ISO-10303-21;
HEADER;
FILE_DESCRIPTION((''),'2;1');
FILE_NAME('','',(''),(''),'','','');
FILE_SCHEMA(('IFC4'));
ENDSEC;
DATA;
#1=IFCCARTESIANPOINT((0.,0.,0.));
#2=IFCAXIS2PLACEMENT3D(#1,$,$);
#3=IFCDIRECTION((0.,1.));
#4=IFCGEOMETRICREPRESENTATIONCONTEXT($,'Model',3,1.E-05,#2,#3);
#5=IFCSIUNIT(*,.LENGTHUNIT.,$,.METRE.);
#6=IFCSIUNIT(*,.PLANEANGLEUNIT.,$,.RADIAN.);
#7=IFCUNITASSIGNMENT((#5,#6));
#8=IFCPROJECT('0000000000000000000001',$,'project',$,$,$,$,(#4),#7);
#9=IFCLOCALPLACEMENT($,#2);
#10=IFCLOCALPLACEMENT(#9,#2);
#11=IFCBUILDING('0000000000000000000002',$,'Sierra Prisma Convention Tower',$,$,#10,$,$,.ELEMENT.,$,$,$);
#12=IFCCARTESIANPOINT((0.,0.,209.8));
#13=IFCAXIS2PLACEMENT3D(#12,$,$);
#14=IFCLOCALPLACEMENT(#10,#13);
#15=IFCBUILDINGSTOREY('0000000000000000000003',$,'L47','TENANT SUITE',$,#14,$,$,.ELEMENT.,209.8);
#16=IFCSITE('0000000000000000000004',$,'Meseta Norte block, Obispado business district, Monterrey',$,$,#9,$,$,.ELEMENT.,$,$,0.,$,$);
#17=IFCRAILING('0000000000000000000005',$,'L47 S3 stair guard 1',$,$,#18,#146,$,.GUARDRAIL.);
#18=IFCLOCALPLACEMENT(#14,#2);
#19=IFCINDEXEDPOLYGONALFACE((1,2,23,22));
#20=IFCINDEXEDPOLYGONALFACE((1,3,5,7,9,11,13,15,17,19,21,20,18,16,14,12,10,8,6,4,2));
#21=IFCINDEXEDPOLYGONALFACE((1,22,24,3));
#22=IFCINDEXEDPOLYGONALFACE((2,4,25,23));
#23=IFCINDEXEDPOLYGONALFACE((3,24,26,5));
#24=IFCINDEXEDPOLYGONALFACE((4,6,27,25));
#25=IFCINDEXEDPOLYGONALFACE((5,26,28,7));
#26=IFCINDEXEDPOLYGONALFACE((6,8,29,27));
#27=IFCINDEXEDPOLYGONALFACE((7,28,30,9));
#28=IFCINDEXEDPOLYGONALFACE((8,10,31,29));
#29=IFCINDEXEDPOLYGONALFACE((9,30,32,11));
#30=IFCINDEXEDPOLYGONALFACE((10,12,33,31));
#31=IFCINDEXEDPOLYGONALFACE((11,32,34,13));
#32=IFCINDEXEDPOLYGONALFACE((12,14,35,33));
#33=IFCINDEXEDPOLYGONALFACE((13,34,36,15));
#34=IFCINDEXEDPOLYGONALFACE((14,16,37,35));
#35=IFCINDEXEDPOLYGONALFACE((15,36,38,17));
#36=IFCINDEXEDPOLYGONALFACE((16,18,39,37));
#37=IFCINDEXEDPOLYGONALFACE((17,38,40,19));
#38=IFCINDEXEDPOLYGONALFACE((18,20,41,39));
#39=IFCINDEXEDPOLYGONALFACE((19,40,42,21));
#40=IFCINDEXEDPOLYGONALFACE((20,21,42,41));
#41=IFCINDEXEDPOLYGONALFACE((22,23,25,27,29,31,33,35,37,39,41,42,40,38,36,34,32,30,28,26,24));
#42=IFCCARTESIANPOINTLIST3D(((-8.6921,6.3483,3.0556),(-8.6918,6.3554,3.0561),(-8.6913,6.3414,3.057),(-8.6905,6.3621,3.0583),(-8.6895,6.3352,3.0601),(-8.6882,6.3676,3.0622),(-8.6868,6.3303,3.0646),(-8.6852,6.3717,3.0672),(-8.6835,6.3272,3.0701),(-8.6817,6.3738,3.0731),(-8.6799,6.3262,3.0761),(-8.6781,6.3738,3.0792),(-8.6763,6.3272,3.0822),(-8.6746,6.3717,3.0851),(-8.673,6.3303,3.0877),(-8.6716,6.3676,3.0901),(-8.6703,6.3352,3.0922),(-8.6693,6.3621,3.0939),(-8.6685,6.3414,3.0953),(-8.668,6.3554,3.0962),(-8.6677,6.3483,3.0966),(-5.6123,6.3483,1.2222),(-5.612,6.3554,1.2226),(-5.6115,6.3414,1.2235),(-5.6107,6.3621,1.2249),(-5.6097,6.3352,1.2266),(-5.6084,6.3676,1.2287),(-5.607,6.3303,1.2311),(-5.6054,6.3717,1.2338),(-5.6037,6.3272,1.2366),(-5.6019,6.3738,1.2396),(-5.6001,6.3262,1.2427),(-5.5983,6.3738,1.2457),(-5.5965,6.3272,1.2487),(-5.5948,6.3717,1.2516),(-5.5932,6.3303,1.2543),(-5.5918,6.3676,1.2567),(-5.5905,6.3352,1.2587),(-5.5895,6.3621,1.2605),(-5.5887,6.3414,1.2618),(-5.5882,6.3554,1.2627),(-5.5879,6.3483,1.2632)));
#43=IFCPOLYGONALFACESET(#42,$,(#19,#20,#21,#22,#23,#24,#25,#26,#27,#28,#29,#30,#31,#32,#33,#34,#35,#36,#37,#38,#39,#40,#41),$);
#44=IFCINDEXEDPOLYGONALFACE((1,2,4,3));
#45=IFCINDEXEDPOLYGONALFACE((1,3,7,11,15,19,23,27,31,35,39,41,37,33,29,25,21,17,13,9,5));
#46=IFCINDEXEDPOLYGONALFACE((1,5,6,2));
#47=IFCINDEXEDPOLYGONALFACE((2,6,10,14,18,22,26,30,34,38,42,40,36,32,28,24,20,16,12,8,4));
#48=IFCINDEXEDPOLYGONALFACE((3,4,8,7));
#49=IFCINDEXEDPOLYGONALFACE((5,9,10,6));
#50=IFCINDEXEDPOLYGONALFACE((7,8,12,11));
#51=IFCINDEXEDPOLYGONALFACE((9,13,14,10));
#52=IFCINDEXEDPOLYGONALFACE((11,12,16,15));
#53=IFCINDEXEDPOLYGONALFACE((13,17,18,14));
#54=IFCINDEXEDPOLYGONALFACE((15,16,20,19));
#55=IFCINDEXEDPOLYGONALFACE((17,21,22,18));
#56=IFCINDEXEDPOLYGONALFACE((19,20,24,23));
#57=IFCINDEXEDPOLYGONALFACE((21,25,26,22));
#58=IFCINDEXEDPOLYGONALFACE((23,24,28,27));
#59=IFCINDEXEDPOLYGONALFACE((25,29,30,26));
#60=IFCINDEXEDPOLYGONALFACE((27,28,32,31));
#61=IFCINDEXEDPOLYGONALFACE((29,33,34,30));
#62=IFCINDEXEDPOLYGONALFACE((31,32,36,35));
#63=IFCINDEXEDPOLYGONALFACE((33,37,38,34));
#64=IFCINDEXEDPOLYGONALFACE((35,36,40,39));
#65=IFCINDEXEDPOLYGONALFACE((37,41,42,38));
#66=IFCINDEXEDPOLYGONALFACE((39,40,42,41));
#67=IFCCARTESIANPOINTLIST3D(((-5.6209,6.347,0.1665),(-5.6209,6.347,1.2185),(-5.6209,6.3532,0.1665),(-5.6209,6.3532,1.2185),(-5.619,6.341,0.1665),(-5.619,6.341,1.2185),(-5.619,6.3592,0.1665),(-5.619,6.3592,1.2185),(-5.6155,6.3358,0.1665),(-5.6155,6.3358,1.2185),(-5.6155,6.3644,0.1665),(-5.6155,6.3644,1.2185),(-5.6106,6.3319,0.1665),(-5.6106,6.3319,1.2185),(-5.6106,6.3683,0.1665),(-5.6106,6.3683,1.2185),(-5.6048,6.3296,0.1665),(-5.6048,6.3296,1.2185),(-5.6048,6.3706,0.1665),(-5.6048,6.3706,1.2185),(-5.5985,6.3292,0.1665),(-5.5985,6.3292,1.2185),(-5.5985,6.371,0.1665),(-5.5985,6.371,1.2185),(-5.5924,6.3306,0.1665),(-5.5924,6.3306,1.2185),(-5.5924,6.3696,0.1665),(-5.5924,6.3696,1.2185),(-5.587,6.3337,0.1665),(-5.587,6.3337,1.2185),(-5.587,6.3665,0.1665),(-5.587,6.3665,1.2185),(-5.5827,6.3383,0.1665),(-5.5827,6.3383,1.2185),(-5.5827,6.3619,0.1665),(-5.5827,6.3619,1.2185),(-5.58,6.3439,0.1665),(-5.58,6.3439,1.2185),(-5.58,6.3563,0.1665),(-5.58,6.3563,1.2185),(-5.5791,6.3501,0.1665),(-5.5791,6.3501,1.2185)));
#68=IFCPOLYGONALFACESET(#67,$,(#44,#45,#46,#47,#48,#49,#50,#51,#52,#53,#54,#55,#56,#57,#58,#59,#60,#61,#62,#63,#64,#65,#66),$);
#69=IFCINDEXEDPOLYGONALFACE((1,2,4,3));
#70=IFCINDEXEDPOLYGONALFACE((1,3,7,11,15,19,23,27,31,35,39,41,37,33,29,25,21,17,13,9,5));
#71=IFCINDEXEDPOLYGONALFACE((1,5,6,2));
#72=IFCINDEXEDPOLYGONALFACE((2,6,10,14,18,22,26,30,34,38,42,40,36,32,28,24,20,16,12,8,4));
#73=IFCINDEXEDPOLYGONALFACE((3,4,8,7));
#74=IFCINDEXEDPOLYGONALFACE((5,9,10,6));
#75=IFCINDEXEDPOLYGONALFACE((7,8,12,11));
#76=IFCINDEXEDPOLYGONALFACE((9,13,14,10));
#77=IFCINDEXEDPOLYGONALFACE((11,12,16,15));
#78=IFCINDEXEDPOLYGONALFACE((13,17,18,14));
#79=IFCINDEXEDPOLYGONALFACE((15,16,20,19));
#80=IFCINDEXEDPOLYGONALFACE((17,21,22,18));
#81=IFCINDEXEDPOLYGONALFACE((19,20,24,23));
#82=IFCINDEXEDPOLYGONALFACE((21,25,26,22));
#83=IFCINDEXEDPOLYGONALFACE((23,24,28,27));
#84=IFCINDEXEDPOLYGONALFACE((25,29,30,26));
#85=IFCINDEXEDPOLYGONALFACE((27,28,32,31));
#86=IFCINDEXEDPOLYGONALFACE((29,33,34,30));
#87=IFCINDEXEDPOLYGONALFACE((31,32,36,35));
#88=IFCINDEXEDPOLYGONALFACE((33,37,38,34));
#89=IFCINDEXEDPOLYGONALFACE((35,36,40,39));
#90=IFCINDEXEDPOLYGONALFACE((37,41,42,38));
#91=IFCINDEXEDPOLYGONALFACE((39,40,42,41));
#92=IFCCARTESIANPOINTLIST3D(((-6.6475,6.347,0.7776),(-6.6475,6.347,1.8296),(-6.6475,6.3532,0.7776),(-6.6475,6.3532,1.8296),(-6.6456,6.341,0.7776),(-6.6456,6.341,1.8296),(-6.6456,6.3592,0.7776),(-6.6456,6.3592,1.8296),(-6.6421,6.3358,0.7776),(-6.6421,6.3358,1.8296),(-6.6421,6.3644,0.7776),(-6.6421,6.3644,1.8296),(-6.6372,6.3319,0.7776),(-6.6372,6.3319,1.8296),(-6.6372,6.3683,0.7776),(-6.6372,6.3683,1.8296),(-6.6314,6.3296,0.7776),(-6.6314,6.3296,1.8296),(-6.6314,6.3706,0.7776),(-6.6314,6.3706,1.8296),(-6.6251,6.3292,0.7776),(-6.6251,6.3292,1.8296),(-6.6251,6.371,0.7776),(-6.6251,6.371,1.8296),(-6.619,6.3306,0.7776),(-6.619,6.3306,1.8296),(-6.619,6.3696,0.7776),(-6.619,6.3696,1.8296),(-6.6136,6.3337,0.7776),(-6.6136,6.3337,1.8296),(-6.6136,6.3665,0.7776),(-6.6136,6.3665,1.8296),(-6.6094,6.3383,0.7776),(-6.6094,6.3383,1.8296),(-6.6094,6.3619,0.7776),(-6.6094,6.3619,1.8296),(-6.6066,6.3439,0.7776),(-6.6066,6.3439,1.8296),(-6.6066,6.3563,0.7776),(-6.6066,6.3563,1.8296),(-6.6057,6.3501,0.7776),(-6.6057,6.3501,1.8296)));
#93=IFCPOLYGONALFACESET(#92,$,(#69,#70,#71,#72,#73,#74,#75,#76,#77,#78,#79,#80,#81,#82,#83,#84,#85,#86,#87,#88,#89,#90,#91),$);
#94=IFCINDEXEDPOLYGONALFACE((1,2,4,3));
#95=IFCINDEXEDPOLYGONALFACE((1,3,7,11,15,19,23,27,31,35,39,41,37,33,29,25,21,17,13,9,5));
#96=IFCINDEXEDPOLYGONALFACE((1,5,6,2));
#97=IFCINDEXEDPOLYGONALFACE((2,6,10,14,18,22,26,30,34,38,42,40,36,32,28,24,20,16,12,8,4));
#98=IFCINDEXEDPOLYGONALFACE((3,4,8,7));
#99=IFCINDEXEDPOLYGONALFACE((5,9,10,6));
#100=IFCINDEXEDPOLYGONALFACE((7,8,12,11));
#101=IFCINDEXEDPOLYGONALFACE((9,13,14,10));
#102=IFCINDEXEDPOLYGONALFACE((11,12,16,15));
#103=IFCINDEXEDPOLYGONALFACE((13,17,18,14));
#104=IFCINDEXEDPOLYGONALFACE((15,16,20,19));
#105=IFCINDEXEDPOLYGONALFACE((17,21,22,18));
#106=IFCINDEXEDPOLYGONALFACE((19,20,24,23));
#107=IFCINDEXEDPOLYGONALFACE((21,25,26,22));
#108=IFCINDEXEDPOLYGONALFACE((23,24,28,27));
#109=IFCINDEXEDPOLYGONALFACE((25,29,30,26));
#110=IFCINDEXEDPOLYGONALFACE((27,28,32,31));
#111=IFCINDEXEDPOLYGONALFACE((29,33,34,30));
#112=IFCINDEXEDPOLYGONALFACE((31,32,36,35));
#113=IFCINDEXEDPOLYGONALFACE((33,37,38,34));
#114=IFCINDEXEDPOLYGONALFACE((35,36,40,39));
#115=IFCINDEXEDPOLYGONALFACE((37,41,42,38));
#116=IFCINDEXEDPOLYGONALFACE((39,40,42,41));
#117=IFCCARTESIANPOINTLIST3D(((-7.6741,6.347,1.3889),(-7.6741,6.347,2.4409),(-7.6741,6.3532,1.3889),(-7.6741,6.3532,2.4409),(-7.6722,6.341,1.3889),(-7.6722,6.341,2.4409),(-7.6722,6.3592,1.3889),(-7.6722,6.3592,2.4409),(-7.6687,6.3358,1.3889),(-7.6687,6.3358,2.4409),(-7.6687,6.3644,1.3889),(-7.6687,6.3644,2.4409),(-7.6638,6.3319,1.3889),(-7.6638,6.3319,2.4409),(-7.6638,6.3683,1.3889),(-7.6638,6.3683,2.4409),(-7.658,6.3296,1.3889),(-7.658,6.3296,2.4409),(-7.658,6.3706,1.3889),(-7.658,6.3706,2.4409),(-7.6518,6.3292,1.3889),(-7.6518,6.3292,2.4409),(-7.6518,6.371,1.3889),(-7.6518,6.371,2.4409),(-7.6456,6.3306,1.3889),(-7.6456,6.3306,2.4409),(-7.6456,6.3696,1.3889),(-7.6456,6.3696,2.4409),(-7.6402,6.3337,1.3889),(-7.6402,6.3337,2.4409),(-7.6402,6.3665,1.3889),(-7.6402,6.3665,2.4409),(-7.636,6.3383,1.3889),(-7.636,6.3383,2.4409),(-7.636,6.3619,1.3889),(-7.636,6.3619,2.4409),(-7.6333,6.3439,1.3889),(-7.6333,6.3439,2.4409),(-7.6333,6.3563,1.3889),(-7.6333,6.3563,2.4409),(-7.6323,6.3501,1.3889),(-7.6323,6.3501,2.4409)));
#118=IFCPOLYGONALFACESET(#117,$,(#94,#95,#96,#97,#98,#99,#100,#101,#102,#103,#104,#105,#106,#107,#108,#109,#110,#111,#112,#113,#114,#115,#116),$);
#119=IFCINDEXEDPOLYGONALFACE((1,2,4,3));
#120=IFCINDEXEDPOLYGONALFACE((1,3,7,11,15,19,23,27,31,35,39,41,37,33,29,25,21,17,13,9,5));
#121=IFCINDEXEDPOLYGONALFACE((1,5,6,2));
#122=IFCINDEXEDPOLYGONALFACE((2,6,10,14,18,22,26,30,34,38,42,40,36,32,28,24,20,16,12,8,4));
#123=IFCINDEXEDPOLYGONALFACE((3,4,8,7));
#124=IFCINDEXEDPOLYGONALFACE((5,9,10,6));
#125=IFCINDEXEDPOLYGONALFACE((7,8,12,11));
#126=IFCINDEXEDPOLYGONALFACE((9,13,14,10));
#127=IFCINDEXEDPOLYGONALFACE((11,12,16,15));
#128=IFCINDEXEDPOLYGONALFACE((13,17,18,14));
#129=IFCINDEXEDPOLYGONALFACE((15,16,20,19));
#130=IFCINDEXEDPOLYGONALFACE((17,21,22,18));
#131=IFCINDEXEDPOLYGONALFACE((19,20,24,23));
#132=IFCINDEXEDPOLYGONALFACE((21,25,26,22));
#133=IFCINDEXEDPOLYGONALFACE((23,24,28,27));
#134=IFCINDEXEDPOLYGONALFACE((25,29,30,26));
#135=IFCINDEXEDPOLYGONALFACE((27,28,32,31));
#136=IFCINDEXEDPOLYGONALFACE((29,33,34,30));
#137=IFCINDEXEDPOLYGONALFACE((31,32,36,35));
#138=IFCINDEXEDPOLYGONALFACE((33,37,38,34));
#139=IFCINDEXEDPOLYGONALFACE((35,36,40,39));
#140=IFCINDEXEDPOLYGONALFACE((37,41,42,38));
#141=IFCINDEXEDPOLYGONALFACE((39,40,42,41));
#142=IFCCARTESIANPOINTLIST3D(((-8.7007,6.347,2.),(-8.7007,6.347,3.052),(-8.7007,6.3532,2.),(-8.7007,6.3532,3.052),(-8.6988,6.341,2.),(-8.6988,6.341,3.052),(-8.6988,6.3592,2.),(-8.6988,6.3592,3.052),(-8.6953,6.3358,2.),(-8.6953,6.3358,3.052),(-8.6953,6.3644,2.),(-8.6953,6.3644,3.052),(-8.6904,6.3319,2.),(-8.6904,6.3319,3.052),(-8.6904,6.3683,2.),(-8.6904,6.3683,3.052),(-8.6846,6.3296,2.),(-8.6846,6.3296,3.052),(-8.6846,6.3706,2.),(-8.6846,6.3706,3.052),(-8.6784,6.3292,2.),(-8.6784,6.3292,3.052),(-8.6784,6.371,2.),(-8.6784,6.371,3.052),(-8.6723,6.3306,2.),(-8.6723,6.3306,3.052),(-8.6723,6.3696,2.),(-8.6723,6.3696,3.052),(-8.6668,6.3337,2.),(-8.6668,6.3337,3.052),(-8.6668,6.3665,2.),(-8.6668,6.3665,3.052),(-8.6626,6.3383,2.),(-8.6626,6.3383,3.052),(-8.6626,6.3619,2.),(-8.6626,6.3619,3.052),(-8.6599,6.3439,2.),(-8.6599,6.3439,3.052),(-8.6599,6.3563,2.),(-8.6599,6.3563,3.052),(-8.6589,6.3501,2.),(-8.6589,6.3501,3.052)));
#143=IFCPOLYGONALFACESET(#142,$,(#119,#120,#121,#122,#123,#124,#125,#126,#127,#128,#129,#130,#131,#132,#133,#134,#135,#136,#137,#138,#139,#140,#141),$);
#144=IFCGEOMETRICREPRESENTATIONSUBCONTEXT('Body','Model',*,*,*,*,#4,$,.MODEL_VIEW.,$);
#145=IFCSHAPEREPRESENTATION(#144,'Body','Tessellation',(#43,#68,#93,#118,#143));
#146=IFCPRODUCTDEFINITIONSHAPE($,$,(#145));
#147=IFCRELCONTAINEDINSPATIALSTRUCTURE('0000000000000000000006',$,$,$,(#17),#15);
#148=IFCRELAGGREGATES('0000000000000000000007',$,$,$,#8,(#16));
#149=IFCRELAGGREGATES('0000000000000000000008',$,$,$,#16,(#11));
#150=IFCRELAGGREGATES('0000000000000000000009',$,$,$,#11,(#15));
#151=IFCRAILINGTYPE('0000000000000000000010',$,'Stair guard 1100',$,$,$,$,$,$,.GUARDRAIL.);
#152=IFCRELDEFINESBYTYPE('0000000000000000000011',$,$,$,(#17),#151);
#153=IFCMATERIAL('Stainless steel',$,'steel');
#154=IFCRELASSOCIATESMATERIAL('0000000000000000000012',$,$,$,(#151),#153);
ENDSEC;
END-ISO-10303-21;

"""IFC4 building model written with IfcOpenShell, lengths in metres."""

from ifc_helpers import new_model, si_unit, direction, frame, origin, origin_2d, place, context, subcontext, project, spatial, circle, extrude, material, type_object, element, save


model = new_model("IFC4")

# Units and contexts
model_context = context("Model", 3, precision=1e-05, world=origin(), true_north=direction((0.0, 1.0)))
body_context = subcontext(model_context, "Body", "Model", "MODEL_VIEW")
ifc_project = project(units=[si_unit("LENGTHUNIT", "METRE"), si_unit("PLANEANGLEUNIT", "RADIAN")], contexts=[model_context])

# Site, building, storey
site_placement = place(None, origin())
site = spatial("IfcSite", under=ifc_project, at=site_placement, Name="Meseta Norte block, Obispado business district, Monterrey", CompositionType="ELEMENT", RefElevation=0.0)
building_placement = place(site_placement, origin())
building = spatial("IfcBuilding", under=site, at=building_placement, Name="Sierra Prisma Convention Tower", CompositionType="ELEMENT")
storey_placement = place(building_placement, frame((0.0, 0.0, 209.8)))
storey = spatial("IfcBuildingStorey", under=building, at=storey_placement, Name="L47", Description="TENANT SUITE", CompositionType="ELEMENT", Elevation=209.8)

# Railing
ifc_material_1 = material(Name="Stainless steel", Category="steel")
railing_type_1 = type_object("IfcRailingType", Name="Stair guard 1100", PredefinedType="GUARDRAIL", material=ifc_material_1)
railing_1_placement = place(storey_placement, frame((-5.6001, 6.3501, 0.1665)))
element("IfcRailing", 1, at=railing_1_placement, inside=storey, type_object=railing_type_1, Name="L47 S3 stair guard 1", PredefinedType="GUARDRAIL", context=body_context, shape_type="SweptSolid", body=[
    extrude(circle(Radius=0.0239, at=origin_2d()), frame((0.0, 0.0, 1.0762), z_axis=(-0.859261, 0.0, 0.511538), x_axis=(0.0, -1.0, 0.0)), (0.0, 0.0, 1.0), 3.5842),
    extrude(circle(Radius=0.021, at=origin_2d()), origin(), (0.0, 0.0, 1.0), 1.052),
    extrude(circle(Radius=0.021, at=origin_2d()), frame((-1.0266, 0.0, 0.6111)), (0.0, 0.0, 1.0), 1.052),
    extrude(circle(Radius=0.021, at=origin_2d()), frame((-2.0532, 0.0, 1.2224)), (0.0, 0.0, 1.0), 1.052),
    extrude(circle(Radius=0.021, at=origin_2d()), frame((-3.0798, 0.0, 1.8335)), (0.0, 0.0, 1.0), 1.052),
])

save(model, "model.ifc")
